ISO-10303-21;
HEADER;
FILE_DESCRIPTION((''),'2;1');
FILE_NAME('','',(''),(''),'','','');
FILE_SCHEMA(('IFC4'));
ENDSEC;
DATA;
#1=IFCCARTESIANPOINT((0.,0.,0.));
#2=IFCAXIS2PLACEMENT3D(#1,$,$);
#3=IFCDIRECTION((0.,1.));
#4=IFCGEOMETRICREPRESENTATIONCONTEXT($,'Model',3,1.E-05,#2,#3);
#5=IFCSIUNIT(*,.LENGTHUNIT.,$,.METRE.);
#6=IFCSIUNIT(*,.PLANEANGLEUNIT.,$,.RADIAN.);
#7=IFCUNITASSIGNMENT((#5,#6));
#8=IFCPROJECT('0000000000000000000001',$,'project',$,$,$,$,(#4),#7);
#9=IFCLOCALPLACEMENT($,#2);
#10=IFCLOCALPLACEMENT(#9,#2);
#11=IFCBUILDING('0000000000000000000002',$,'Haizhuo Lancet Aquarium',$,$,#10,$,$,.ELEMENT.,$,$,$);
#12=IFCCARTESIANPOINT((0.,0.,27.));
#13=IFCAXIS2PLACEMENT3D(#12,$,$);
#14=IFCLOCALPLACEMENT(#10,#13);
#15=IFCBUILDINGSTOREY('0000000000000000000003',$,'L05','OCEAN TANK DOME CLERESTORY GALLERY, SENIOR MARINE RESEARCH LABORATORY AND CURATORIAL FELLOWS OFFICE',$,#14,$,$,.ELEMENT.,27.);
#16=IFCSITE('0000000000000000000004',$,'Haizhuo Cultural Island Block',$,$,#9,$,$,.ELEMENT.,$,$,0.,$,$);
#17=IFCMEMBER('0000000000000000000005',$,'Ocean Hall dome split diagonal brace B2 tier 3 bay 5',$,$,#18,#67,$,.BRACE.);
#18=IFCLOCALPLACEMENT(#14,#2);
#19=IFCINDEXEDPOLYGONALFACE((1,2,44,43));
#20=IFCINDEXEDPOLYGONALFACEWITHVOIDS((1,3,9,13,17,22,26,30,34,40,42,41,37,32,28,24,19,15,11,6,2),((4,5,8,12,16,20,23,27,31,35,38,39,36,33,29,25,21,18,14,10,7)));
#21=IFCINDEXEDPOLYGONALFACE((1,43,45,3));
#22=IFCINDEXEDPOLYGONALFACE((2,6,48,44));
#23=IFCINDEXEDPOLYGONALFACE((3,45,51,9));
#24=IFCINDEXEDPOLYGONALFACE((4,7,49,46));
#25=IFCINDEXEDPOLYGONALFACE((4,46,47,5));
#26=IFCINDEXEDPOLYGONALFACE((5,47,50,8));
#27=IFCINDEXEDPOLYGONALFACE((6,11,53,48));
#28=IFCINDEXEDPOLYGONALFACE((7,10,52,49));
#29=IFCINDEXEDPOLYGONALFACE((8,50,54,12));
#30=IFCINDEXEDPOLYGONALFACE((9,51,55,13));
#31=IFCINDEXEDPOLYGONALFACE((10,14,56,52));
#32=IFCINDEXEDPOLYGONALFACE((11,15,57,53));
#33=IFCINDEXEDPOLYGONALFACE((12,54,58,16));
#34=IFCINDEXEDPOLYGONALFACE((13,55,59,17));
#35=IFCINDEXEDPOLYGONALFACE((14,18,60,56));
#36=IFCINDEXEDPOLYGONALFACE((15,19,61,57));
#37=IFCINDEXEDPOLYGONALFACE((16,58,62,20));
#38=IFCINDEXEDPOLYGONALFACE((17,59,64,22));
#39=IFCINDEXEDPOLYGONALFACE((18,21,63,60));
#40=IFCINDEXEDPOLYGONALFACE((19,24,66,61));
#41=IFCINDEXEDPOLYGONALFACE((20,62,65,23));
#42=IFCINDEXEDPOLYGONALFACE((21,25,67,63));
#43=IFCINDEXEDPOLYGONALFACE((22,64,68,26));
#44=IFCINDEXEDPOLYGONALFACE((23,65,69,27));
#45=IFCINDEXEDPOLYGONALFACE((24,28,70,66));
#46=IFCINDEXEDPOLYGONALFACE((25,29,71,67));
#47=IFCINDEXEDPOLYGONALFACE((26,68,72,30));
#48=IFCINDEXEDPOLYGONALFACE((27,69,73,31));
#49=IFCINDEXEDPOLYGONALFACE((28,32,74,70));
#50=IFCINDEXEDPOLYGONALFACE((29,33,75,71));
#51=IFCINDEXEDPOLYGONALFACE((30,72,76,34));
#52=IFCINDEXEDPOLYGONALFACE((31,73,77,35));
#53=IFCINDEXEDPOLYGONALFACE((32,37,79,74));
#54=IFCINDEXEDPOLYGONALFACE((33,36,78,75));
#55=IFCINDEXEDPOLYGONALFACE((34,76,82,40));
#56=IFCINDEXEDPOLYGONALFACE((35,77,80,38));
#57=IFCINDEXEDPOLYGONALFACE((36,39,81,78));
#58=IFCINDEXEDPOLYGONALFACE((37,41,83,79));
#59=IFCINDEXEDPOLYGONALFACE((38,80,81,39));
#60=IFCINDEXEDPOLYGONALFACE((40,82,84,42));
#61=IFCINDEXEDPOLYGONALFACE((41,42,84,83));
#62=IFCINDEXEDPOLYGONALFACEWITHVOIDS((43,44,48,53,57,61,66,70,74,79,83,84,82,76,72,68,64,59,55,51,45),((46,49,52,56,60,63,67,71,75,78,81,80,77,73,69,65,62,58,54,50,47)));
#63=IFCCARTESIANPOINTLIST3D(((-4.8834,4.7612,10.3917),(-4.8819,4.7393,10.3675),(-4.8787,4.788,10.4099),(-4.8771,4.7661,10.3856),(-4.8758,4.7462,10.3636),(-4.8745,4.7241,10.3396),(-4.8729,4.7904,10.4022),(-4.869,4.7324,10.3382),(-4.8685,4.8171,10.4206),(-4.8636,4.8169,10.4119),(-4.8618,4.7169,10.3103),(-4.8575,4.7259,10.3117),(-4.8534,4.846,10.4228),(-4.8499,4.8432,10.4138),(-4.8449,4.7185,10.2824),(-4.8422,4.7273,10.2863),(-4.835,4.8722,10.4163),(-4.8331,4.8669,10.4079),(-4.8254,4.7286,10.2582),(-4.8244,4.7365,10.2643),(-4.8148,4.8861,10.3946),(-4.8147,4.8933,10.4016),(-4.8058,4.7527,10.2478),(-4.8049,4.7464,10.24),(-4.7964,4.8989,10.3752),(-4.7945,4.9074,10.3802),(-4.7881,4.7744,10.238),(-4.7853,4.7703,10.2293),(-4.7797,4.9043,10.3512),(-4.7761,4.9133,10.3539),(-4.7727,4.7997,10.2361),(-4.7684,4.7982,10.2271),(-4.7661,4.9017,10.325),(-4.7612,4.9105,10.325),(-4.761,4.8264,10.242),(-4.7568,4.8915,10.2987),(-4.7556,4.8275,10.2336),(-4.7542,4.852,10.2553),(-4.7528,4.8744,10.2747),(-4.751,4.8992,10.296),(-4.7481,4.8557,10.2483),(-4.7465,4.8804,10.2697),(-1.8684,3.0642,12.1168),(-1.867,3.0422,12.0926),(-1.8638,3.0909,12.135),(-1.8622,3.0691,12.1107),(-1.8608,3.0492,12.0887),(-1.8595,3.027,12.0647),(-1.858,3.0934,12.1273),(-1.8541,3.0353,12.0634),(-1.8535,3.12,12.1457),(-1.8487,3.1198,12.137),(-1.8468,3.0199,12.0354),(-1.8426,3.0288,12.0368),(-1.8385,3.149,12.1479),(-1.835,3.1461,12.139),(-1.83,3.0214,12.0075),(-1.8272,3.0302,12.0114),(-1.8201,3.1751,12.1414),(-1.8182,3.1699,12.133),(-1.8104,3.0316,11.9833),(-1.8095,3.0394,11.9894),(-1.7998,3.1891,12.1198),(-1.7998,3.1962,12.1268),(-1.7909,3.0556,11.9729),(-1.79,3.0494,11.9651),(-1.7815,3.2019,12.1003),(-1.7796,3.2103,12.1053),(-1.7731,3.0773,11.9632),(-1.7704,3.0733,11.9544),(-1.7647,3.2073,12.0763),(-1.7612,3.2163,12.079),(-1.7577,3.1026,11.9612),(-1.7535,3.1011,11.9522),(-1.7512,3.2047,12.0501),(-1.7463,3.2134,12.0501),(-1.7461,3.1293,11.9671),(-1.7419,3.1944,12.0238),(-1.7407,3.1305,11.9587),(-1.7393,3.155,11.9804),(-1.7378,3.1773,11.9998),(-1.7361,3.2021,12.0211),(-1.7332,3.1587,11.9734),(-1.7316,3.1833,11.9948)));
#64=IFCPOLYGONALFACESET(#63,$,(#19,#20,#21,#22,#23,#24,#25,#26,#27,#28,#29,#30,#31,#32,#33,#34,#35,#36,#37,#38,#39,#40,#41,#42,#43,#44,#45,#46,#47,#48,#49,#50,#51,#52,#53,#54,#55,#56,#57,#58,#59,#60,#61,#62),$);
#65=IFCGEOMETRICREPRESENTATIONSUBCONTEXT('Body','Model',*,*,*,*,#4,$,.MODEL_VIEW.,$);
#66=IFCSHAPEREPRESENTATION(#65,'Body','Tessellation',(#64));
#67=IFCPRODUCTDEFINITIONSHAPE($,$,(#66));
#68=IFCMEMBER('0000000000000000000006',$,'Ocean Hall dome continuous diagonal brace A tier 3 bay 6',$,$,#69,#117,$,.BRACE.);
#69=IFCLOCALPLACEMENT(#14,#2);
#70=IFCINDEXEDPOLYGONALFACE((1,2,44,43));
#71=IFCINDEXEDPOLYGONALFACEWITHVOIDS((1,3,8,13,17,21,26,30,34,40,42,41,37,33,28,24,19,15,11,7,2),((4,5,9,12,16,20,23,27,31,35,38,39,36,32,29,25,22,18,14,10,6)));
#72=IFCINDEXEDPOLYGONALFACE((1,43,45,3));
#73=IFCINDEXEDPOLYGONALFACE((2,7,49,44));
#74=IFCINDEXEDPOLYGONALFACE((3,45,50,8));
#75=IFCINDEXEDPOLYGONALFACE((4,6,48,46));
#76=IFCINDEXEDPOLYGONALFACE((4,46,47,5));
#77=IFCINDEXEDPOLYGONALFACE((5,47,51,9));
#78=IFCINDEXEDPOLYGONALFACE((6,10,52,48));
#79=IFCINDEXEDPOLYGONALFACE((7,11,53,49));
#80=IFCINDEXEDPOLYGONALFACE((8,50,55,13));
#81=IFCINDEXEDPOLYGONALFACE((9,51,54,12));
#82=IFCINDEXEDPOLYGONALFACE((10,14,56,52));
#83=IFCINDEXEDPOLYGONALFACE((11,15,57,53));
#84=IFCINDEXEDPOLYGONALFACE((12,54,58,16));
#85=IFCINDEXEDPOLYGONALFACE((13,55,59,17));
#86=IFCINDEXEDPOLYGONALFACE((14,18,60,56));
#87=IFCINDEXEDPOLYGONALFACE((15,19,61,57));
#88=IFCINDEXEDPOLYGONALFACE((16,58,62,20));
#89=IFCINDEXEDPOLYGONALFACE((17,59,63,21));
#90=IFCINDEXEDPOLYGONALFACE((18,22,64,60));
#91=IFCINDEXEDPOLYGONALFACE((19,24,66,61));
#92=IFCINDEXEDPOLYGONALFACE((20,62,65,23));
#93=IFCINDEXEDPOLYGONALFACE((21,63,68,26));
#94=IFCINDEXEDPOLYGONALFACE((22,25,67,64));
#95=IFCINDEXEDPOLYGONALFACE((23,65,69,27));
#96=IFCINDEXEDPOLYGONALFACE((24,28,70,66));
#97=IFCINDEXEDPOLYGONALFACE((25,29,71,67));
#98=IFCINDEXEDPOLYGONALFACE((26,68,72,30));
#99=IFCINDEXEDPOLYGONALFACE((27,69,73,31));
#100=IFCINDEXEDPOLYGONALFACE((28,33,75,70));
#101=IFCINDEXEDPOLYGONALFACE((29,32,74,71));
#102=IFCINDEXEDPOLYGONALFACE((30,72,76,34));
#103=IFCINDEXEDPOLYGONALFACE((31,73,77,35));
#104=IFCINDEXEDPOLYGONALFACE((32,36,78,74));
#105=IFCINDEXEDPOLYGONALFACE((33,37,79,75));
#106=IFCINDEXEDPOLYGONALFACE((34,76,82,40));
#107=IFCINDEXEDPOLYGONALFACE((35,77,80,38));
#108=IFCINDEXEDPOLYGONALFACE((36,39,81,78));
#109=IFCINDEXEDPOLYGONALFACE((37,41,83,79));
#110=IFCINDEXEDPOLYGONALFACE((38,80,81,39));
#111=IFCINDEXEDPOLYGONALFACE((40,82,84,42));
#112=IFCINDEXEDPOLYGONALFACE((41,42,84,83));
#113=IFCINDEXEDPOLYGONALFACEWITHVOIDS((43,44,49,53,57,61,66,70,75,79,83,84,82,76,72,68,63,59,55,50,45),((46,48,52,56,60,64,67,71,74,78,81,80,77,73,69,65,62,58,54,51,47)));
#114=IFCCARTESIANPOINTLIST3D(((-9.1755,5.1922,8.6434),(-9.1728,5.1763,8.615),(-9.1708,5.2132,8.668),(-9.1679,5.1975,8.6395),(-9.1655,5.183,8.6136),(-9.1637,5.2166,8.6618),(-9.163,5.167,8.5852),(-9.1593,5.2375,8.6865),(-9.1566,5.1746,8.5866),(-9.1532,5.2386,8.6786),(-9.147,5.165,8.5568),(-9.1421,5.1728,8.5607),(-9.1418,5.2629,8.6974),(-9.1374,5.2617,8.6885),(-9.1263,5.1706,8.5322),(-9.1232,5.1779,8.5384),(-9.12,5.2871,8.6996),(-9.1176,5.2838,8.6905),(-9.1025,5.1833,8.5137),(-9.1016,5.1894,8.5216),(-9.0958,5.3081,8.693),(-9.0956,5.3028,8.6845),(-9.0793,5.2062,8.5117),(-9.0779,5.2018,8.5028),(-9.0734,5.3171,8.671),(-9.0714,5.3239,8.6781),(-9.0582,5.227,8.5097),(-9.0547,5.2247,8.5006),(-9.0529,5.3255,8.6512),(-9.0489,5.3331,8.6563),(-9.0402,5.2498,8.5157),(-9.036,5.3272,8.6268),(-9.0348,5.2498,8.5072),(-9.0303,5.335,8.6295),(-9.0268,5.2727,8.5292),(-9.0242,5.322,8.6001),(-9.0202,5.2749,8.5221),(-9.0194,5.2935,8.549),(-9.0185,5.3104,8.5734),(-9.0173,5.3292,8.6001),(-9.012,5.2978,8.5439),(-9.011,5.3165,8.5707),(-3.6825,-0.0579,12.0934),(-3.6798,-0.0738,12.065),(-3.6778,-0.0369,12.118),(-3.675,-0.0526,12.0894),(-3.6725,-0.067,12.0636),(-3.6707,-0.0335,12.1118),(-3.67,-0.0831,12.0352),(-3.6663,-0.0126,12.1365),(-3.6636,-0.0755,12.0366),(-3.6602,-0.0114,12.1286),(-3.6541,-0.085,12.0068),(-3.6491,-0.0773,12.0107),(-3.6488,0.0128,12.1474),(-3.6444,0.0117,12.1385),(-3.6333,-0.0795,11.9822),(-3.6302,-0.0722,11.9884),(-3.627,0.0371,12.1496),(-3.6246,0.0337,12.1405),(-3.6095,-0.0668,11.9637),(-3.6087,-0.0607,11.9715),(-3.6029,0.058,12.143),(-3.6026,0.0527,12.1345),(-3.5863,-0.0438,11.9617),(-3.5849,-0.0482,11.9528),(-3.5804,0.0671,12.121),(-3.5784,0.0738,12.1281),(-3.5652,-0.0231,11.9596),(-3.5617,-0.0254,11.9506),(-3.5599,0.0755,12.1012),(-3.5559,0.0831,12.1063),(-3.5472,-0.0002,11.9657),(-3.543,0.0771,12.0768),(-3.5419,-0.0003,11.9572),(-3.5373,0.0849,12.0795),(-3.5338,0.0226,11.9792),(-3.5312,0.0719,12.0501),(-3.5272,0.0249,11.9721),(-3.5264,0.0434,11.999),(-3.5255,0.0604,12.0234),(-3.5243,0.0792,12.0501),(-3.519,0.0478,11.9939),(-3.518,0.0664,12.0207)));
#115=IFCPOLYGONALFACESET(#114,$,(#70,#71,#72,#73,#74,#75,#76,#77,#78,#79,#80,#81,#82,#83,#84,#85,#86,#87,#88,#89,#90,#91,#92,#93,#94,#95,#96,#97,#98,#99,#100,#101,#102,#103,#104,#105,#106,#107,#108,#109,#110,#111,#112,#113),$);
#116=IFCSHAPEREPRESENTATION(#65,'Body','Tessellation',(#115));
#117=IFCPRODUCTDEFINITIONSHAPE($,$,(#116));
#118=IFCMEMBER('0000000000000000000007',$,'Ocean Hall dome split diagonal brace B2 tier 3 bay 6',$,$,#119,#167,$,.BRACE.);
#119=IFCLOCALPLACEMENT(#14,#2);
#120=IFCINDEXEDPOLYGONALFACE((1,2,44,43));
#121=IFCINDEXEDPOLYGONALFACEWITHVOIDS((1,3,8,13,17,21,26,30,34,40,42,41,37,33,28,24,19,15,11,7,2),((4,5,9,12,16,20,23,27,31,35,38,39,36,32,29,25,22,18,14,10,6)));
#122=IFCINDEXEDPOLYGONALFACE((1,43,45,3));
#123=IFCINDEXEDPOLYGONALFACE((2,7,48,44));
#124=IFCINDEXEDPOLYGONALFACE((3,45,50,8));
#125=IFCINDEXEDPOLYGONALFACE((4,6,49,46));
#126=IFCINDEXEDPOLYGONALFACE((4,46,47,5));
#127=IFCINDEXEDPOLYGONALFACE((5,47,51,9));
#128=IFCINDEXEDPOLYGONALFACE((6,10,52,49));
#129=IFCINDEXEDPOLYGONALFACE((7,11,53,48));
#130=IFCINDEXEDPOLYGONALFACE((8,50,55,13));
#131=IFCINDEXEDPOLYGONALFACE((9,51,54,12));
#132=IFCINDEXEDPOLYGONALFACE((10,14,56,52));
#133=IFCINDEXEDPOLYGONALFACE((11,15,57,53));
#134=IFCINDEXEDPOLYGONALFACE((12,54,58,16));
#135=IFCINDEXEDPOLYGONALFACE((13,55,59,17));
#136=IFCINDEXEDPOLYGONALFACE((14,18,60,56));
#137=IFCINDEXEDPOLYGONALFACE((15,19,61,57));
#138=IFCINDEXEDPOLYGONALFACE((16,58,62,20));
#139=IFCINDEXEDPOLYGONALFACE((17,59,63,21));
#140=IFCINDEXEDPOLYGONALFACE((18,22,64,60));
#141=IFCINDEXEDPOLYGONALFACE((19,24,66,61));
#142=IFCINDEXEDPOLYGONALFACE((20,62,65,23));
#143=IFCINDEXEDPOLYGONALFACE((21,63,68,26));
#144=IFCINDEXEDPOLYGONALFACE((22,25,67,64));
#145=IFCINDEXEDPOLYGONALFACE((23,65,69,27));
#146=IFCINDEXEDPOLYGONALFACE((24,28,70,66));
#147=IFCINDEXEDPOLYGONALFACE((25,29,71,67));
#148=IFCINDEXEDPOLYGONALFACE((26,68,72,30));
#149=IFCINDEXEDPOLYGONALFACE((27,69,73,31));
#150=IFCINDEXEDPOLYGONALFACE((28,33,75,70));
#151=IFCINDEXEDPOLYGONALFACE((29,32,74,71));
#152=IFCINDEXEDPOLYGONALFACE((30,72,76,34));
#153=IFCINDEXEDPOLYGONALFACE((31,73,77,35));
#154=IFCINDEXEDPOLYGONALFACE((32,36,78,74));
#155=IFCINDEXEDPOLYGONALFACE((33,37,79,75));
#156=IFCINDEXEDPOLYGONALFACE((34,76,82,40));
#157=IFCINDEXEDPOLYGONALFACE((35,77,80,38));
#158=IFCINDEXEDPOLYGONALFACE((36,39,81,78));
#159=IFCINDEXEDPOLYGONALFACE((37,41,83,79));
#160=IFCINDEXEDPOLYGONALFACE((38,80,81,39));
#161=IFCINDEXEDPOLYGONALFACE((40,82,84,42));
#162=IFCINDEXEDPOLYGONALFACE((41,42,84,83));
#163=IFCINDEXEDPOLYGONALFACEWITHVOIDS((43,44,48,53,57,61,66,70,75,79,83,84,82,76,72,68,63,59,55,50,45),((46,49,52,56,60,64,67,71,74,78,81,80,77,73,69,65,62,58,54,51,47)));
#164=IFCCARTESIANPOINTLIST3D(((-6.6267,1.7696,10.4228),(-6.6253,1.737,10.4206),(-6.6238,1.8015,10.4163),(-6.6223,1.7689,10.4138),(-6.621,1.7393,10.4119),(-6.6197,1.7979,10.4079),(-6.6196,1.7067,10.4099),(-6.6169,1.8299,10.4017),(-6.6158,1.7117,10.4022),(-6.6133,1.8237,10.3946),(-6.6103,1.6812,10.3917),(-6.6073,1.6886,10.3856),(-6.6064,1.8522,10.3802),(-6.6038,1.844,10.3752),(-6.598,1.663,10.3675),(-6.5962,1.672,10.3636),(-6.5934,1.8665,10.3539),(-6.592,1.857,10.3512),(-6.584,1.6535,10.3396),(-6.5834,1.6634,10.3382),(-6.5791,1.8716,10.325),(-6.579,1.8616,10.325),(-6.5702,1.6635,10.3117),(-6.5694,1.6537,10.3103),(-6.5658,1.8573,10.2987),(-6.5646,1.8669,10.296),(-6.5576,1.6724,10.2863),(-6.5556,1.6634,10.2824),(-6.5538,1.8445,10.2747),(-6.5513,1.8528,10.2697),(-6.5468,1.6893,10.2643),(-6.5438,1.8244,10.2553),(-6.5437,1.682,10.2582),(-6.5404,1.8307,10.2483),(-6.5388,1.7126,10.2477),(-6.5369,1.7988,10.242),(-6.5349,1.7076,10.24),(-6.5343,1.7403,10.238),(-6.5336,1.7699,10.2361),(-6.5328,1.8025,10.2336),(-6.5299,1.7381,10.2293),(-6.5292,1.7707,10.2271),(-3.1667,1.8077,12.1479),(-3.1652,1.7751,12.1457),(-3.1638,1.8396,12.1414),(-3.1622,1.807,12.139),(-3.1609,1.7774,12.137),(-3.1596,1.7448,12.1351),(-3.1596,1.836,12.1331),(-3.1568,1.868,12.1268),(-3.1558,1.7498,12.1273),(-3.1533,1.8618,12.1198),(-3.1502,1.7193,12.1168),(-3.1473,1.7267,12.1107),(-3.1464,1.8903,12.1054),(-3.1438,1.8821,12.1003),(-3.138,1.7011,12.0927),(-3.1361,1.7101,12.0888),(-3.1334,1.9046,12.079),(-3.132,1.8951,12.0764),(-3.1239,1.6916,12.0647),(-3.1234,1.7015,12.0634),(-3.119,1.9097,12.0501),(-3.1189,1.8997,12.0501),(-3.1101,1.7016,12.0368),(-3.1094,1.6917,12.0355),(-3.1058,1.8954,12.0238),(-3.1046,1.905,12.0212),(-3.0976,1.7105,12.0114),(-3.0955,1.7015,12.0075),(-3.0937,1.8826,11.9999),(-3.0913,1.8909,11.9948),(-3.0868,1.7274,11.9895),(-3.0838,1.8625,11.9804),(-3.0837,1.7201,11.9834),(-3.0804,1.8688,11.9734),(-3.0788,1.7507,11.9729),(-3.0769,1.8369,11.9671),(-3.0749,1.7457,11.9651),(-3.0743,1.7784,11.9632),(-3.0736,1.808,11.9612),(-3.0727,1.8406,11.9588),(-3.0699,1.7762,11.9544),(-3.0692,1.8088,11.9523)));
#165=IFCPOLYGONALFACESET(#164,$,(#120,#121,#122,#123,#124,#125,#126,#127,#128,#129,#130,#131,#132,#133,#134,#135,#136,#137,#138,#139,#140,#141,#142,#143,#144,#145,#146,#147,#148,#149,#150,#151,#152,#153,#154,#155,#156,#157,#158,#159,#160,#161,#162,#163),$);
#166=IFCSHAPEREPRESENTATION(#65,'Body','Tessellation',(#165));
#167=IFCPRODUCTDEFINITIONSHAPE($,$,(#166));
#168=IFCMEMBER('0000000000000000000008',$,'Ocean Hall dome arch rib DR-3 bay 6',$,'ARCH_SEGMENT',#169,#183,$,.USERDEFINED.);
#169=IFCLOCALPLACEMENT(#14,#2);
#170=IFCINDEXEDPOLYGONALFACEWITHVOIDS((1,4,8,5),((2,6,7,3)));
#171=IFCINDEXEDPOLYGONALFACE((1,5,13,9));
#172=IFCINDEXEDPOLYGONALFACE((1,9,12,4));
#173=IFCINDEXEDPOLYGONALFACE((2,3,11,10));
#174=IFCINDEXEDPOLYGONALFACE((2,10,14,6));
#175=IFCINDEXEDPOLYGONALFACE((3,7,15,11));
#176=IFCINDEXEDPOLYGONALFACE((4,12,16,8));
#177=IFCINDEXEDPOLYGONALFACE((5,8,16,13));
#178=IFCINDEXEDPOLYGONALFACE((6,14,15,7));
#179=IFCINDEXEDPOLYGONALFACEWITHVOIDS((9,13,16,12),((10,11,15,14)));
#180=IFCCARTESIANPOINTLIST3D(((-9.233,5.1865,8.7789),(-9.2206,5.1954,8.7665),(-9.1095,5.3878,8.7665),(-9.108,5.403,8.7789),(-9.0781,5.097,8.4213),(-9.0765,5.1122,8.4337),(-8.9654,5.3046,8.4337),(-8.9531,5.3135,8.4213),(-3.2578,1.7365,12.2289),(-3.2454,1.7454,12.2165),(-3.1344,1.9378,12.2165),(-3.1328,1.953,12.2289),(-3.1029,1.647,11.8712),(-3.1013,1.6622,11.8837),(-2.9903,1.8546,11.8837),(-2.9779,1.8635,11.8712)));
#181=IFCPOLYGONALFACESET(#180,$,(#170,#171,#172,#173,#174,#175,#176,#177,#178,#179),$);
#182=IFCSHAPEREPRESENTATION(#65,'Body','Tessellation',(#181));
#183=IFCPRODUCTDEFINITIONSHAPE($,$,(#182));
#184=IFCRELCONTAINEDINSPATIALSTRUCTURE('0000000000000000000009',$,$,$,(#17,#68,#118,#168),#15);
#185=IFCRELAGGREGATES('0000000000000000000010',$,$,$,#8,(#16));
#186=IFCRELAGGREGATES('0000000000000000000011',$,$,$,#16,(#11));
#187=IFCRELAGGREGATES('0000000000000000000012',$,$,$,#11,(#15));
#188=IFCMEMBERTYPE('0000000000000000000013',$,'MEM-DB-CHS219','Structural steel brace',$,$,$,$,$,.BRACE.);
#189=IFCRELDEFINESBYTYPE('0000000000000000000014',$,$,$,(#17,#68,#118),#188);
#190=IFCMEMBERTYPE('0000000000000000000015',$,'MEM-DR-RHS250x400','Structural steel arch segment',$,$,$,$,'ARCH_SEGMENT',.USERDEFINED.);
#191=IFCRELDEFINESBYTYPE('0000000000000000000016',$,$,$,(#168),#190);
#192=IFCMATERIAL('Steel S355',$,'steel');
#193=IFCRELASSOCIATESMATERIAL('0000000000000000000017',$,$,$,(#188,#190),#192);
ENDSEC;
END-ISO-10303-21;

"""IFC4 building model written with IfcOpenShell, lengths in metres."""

from ifc_helpers import new_model, si_unit, direction, frame, origin, origin_2d, place, context, subcontext, project, spatial, hollow_rectangle, hollow_circle, extrude, material, material_profile, profile_set, type_object, element, save


model = new_model("IFC4")

# Units and contexts
model_context = context("Model", 3, precision=1e-05, world=origin(), true_north=direction((0.0, 1.0)))
body_context = subcontext(model_context, "Body", "Model", "MODEL_VIEW")
ifc_project = project(units=[si_unit("LENGTHUNIT", "METRE"), si_unit("PLANEANGLEUNIT", "RADIAN")], contexts=[model_context])

# Site, building, storey
site_placement = place(None, origin())
site = spatial("IfcSite", under=ifc_project, at=site_placement, Name="Haizhuo Cultural Island Block", CompositionType="ELEMENT", RefElevation=0.0)
building_placement = place(site_placement, origin())
building = spatial("IfcBuilding", under=site, at=building_placement, Name="Haizhuo Lancet Aquarium", CompositionType="ELEMENT")
storey_placement = place(building_placement, frame((0.0, 0.0, 27.0)))
storey = spatial("IfcBuildingStorey", under=building, at=storey_placement, Name="L05", Description="OCEAN TANK DOME CLERESTORY GALLERY, SENIOR MARINE RESEARCH LABORATORY AND CURATORIAL FELLOWS OFFICE", CompositionType="ELEMENT", Elevation=27.0)

# Shared definitions
ifc_material_1 = material(Name="Steel S355", Category="steel")

# Members
ifc_material_profile_1 = material_profile(ifc_material_1, hollow_circle(Radius=0.1096, WallThickness=0.01, at=origin_2d()), Name="CHS 219x10")
ifc_profile_set_1 = profile_set([ifc_material_profile_1], Name="Steel S355")
member_type_1 = type_object("IfcMemberType", Name="MEM-DB-CHS219", Description="Structural steel brace", PredefinedType="BRACE", material=ifc_profile_set_1)
member_1_placement = place(storey_placement, frame((-4.8149, 4.8149, 10.325), z_axis=(0.779862, -0.438968, 0.446231), x_axis=(0.490512, 0.871434, 0.0)))
element("IfcMember", 1, at=member_1_placement, inside=storey, type_object=member_type_1, Name="Ocean Hall dome split diagonal brace B2 tier 3 bay 5", PredefinedType="BRACE", context=body_context, shape_type="SweptSolid", body=[
    extrude(hollow_circle(Radius=0.1096, WallThickness=0.01, at=origin_2d()), origin(), (0.0, 0.0, 1.0), 3.866),
])
member_2_placement = place(storey_placement, frame((-9.093, 5.25, 8.6001), z_axis=(0.658239, -0.629129, 0.413422), x_axis=(0.690941, 0.722911, 0.0)))
element("IfcMember", 2, at=member_2_placement, inside=storey, type_object=member_type_1, Name="Ocean Hall dome continuous diagonal brace A tier 3 bay 6", PredefinedType="BRACE", context=body_context, shape_type="SweptSolid", body=[
    extrude(hollow_circle(Radius=0.1096, WallThickness=0.01, at=origin_2d()), origin(), (0.0, 0.0, 1.0), 8.345),
])
member_3_placement = place(storey_placement, frame((-6.5779, 1.762, 10.325), z_axis=(0.894888, 0.009851, 0.446181), x_axis=(-0.011007, 0.999939, 0.0)))
element("IfcMember", 3, at=member_3_placement, inside=storey, type_object=member_type_1, Name="Ocean Hall dome split diagonal brace B2 tier 3 bay 6", PredefinedType="BRACE", context=body_context, shape_type="SweptSolid", body=[
    extrude(hollow_circle(Radius=0.1096, WallThickness=0.01, at=origin_2d()), origin(), (0.0, 0.0, 1.0), 3.8665),
])
ifc_material_profile_2 = material_profile(ifc_material_1, hollow_rectangle(XDim=0.25, YDim=0.3999, WallThickness=0.0139, at=origin_2d()), Name="RHS 250x400x14")
ifc_profile_set_2 = profile_set([ifc_material_profile_2], Name="Steel S355")
member_type_2 = type_object("IfcMemberType", Name="MEM-DR-RHS250x400", Description="Structural steel arch segment", ElementType="ARCH_SEGMENT", PredefinedType="USERDEFINED", material=ifc_profile_set_2)
member_4_placement = place(storey_placement, frame((-9.093, 5.25, 8.6001), z_axis=(0.774576, -0.447231, 0.447231), x_axis=(0.500025, 0.866011, 0.0)))
element("IfcMember", 4, at=member_4_placement, inside=storey, type_object=member_type_2, Name="Ocean Hall dome arch rib DR-3 bay 6", ObjectType="ARCH_SEGMENT", PredefinedType="USERDEFINED", context=body_context, shape_type="SweptSolid", body=[
    extrude(hollow_rectangle(XDim=0.25, YDim=0.3999, WallThickness=0.0139, at=origin_2d()), origin(), (0.0, 0.0, 1.0), 7.7141),
])

save(model, "model.ifc")
